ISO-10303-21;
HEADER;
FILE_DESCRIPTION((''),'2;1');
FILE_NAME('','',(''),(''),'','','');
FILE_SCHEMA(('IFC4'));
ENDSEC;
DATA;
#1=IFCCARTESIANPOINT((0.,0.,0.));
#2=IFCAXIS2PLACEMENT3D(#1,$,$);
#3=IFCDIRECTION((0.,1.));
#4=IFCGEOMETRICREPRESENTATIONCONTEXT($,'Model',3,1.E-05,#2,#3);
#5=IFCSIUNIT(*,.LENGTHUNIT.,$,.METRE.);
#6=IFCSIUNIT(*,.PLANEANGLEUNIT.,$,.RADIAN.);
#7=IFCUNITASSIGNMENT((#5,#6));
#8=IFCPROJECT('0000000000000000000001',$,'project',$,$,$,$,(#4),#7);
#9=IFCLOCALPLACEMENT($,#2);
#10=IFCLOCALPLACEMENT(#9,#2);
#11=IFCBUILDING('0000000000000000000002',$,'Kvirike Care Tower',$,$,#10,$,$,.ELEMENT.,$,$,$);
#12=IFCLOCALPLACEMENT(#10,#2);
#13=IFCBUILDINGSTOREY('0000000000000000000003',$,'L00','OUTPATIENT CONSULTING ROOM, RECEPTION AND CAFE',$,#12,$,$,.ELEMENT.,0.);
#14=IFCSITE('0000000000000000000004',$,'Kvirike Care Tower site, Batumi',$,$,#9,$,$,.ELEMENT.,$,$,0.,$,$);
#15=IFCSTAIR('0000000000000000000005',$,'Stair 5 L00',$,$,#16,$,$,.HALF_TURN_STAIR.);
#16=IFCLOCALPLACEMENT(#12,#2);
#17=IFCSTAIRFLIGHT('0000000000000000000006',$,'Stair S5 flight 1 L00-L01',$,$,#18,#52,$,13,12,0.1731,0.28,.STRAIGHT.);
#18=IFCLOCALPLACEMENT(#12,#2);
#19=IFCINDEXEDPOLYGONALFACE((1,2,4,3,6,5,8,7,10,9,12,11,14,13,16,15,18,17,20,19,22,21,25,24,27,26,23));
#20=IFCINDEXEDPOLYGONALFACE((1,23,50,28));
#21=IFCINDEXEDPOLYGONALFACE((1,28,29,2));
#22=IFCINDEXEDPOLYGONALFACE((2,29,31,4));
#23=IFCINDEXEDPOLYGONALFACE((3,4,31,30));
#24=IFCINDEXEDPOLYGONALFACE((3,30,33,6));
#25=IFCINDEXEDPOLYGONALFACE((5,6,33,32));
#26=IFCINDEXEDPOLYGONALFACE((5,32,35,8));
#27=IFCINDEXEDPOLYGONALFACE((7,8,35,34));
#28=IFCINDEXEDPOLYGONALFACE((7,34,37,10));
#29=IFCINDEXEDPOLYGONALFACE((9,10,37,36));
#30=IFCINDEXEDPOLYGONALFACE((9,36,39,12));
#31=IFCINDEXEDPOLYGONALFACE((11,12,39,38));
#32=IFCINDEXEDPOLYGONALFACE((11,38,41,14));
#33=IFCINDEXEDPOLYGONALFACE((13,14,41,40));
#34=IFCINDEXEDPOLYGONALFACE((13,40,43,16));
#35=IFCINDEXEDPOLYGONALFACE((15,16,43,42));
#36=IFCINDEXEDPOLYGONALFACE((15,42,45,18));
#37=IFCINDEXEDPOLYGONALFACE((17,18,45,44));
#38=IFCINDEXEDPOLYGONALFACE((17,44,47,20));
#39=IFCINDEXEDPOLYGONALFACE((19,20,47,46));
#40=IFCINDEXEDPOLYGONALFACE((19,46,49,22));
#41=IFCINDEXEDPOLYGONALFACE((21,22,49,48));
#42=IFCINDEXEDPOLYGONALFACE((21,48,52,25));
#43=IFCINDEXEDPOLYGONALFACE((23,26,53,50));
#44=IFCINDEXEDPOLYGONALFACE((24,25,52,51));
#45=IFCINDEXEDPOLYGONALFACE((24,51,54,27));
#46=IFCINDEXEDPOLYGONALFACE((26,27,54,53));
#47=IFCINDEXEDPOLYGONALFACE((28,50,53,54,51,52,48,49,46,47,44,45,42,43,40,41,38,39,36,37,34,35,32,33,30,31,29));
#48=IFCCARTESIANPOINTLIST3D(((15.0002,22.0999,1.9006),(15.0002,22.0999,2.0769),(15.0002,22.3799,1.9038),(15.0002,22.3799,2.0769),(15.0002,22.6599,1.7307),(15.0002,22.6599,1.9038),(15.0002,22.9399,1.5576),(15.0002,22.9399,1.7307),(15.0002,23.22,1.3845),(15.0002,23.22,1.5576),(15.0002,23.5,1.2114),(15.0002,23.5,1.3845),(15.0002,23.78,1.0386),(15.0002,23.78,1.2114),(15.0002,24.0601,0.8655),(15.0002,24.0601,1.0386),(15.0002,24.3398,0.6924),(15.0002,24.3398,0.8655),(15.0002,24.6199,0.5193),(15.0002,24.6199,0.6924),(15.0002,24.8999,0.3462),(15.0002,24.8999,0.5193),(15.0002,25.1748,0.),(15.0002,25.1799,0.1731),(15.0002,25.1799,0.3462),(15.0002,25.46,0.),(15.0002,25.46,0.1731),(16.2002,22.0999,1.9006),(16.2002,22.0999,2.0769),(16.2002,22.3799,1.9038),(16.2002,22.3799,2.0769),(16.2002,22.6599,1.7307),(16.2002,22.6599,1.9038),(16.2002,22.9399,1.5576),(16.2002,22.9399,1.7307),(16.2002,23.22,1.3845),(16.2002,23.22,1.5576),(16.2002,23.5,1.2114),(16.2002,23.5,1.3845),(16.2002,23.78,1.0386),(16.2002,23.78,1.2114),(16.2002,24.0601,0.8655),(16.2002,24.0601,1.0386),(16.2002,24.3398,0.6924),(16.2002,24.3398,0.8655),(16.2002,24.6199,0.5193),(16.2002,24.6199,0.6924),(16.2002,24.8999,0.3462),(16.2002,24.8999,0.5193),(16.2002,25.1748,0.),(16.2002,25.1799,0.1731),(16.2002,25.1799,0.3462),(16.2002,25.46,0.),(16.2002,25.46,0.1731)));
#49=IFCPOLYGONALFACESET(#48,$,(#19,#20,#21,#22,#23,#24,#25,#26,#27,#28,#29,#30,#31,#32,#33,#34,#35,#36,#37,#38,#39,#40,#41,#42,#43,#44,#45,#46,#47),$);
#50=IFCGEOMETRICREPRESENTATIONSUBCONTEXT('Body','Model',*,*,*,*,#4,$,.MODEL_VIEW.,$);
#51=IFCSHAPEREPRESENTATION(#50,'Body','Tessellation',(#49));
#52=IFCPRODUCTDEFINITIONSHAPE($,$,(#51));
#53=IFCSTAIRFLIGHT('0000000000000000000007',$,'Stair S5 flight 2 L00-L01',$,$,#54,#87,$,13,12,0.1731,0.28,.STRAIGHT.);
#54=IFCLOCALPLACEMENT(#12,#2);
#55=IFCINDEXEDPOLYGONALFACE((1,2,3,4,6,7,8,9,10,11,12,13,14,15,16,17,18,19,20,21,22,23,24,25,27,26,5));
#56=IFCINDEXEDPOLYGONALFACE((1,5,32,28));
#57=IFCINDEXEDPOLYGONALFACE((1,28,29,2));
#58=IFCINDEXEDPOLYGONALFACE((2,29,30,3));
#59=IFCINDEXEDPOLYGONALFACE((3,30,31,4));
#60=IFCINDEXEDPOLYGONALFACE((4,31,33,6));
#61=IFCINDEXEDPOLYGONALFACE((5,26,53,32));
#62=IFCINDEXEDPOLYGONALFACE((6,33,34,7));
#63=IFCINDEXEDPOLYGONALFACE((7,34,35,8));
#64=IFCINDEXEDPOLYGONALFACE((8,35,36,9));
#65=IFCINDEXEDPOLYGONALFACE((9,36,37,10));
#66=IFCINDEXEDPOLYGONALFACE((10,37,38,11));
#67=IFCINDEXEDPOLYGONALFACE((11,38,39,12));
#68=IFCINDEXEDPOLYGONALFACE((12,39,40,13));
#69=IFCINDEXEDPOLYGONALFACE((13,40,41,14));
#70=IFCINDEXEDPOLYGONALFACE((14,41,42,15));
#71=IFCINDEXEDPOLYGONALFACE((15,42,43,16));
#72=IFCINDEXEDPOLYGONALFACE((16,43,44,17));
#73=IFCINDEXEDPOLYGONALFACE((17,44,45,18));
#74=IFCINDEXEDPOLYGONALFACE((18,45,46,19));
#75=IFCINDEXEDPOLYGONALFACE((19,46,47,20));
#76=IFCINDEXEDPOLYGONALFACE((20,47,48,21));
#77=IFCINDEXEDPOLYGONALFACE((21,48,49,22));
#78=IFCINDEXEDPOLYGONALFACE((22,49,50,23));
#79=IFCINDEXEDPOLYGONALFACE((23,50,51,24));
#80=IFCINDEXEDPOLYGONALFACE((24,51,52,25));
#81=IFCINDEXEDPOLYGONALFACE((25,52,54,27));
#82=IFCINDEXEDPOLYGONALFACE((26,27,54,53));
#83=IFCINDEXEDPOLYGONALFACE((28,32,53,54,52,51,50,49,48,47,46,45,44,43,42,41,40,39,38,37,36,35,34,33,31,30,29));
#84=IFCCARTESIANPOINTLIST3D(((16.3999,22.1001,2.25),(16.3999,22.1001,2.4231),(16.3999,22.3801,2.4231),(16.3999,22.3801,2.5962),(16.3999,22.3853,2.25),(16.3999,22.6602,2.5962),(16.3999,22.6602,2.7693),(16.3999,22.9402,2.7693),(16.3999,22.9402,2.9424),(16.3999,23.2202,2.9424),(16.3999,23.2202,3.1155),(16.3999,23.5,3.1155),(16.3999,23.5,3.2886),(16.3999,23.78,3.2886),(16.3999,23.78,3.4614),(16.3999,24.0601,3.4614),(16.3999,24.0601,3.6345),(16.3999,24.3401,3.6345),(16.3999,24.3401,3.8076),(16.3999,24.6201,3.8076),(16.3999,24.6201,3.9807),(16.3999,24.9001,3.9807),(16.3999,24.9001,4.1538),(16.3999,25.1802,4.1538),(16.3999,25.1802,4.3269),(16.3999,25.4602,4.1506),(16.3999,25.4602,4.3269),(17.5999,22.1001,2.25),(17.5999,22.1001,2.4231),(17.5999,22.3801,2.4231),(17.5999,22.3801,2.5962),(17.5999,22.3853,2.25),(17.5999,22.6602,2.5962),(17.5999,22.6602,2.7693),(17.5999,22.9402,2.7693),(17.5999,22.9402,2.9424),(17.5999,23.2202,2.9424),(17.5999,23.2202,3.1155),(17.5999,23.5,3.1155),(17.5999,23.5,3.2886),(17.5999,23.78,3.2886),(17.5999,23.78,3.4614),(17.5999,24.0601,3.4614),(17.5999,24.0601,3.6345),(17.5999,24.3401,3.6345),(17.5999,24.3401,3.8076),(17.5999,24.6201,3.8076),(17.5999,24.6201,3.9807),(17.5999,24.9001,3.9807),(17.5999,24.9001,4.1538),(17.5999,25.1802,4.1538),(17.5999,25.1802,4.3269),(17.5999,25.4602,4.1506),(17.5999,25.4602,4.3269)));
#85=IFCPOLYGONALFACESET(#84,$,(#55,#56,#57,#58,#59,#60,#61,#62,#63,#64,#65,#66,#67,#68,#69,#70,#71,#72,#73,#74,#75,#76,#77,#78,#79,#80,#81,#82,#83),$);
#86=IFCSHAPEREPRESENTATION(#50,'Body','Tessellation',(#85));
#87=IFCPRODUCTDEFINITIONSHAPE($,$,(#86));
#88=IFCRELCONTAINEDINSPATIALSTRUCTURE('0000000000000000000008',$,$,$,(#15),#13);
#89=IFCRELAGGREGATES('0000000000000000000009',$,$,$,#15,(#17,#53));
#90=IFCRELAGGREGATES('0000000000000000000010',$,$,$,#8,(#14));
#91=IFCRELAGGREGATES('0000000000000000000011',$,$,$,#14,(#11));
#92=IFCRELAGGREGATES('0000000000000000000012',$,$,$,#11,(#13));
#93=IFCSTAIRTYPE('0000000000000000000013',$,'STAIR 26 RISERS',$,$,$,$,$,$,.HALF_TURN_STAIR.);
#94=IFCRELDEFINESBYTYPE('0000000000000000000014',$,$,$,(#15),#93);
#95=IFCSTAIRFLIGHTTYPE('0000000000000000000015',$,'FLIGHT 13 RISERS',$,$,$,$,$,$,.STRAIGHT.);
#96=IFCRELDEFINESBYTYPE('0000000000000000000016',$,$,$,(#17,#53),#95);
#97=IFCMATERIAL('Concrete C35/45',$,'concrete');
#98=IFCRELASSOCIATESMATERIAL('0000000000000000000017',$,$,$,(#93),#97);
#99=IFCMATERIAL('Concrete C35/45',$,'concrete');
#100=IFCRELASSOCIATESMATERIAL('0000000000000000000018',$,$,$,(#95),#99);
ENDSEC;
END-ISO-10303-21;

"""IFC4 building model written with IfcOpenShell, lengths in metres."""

from ifc_helpers import new_model, si_unit, direction, frame, origin, place, context, subcontext, project, spatial, polyline, outline, extrude, material, type_object, element, aggregate, save


model = new_model("IFC4")

# Units and contexts
model_context = context("Model", 3, precision=1e-05, world=origin(), true_north=direction((0.0, 1.0)))
body_context = subcontext(model_context, "Body", "Model", "MODEL_VIEW")
ifc_project = project(units=[si_unit("LENGTHUNIT", "METRE"), si_unit("PLANEANGLEUNIT", "RADIAN")], contexts=[model_context])

# Site, building, storey
site_placement = place(None, origin())
site = spatial("IfcSite", under=ifc_project, at=site_placement, Name="Kvirike Care Tower site, Batumi", CompositionType="ELEMENT", RefElevation=0.0)
building_placement = place(site_placement, origin())
building = spatial("IfcBuilding", under=site, at=building_placement, Name="Kvirike Care Tower", CompositionType="ELEMENT")
storey_placement = place(building_placement, origin())
storey = spatial("IfcBuildingStorey", under=building, at=storey_placement, Name="L00", Description="OUTPATIENT CONSULTING ROOM, RECEPTION AND CAFE", CompositionType="ELEMENT", Elevation=0.0)

# Stair, stair flights
ifc_material_1 = material(Name="Concrete C35/45", Category="concrete")
stair_type = type_object("IfcStairType", Name="STAIR 26 RISERS", PredefinedType="HALF_TURN_STAIR", material=ifc_material_1)
stair_placement = place(storey_placement, origin())
stair = element("IfcStair", 1, at=stair_placement, inside=storey, type_object=stair_type, Name="Stair 5 L00", PredefinedType="HALF_TURN_STAIR")
ifc_material_2 = material(Name="Concrete C35/45", Category="concrete")
stair_flight_type = type_object("IfcStairFlightType", Name="FLIGHT 13 RISERS", PredefinedType="STRAIGHT", material=ifc_material_2)
stair_flight_1_placement = place(storey_placement, frame((15.6001, 25.46, 0.0), z_axis=(0.0, 0.0, 1.0), x_axis=(0.0, -1.0, 0.0)))
stair_flight_1 = element("IfcStairFlight", 2, at=stair_flight_1_placement, type_object=stair_flight_type, Name="Stair S5 flight 1 L00-L01", NumberOfRisers=13, NumberOfTreads=12, PredefinedType="STRAIGHT", RiserHeight=0.1731, TreadLength=0.28, context=body_context, shape_type="SweptSolid", body=[
    extrude(outline(polyline([(0.0, 0.0), (0.0, 0.1731), (0.28, 0.1731), (0.28, 0.3462), (0.5601, 0.3462), (0.5601, 0.5193), (0.8401, 0.5193), (0.8401, 0.6924), (1.1201, 0.6924), (1.1201, 0.8655), (1.3999, 0.8655), (1.3999, 1.0386), (1.6799, 1.0386), (1.6799, 1.2114), (1.96, 1.2114), (1.96, 1.3845), (2.24, 1.3845), (2.24, 1.5576), (2.52, 1.5576), (2.52, 1.7307), (2.8, 1.7307), (2.8, 1.9038), (3.0801, 1.9038), (3.0801, 2.0769), (3.3601, 2.0769), (3.3601, 2.25), (3.3601, 1.9006), (0.2852, 0.0), (0.0, 0.0)])), frame((0.0, 0.6001, 0.0), z_axis=(0.0, -1.0, 0.0), x_axis=(1.0, 0.0, 0.0)), (0.0, 0.0, 1.0), 1.2),
])
stair_flight_2_placement = place(storey_placement, frame((17.0, 22.1001, 2.25), z_axis=(0.0, 0.0, 1.0), x_axis=(0.0, 1.0, 0.0)))
stair_flight_2 = element("IfcStairFlight", 3, at=stair_flight_2_placement, type_object=stair_flight_type, Name="Stair S5 flight 2 L00-L01", NumberOfRisers=13, NumberOfTreads=12, PredefinedType="STRAIGHT", RiserHeight=0.1731, TreadLength=0.28, context=body_context, shape_type="SweptSolid", body=[
    extrude(outline(polyline([(0.0, 0.0), (0.0, 0.1731), (0.28, 0.1731), (0.28, 0.3462), (0.5601, 0.3462), (0.5601, 0.5193), (0.8401, 0.5193), (0.8401, 0.6924), (1.1201, 0.6924), (1.1201, 0.8655), (1.3999, 0.8655), (1.3999, 1.0386), (1.6799, 1.0386), (1.6799, 1.2114), (1.96, 1.2114), (1.96, 1.3845), (2.24, 1.3845), (2.24, 1.5576), (2.52, 1.5576), (2.52, 1.7307), (2.8, 1.7307), (2.8, 1.9038), (3.0801, 1.9038), (3.0801, 2.0769), (3.3601, 2.0769), (3.3601, 2.25), (3.3601, 1.9006), (0.2852, 0.0), (0.0, 0.0)])), frame((0.0, 0.6001, 0.0), z_axis=(0.0, -1.0, 0.0), x_axis=(1.0, 0.0, 0.0)), (0.0, 0.0, 1.0), 1.2),
])
aggregate(stair, [stair_flight_1, stair_flight_2])

save(model, "model.ifc")
